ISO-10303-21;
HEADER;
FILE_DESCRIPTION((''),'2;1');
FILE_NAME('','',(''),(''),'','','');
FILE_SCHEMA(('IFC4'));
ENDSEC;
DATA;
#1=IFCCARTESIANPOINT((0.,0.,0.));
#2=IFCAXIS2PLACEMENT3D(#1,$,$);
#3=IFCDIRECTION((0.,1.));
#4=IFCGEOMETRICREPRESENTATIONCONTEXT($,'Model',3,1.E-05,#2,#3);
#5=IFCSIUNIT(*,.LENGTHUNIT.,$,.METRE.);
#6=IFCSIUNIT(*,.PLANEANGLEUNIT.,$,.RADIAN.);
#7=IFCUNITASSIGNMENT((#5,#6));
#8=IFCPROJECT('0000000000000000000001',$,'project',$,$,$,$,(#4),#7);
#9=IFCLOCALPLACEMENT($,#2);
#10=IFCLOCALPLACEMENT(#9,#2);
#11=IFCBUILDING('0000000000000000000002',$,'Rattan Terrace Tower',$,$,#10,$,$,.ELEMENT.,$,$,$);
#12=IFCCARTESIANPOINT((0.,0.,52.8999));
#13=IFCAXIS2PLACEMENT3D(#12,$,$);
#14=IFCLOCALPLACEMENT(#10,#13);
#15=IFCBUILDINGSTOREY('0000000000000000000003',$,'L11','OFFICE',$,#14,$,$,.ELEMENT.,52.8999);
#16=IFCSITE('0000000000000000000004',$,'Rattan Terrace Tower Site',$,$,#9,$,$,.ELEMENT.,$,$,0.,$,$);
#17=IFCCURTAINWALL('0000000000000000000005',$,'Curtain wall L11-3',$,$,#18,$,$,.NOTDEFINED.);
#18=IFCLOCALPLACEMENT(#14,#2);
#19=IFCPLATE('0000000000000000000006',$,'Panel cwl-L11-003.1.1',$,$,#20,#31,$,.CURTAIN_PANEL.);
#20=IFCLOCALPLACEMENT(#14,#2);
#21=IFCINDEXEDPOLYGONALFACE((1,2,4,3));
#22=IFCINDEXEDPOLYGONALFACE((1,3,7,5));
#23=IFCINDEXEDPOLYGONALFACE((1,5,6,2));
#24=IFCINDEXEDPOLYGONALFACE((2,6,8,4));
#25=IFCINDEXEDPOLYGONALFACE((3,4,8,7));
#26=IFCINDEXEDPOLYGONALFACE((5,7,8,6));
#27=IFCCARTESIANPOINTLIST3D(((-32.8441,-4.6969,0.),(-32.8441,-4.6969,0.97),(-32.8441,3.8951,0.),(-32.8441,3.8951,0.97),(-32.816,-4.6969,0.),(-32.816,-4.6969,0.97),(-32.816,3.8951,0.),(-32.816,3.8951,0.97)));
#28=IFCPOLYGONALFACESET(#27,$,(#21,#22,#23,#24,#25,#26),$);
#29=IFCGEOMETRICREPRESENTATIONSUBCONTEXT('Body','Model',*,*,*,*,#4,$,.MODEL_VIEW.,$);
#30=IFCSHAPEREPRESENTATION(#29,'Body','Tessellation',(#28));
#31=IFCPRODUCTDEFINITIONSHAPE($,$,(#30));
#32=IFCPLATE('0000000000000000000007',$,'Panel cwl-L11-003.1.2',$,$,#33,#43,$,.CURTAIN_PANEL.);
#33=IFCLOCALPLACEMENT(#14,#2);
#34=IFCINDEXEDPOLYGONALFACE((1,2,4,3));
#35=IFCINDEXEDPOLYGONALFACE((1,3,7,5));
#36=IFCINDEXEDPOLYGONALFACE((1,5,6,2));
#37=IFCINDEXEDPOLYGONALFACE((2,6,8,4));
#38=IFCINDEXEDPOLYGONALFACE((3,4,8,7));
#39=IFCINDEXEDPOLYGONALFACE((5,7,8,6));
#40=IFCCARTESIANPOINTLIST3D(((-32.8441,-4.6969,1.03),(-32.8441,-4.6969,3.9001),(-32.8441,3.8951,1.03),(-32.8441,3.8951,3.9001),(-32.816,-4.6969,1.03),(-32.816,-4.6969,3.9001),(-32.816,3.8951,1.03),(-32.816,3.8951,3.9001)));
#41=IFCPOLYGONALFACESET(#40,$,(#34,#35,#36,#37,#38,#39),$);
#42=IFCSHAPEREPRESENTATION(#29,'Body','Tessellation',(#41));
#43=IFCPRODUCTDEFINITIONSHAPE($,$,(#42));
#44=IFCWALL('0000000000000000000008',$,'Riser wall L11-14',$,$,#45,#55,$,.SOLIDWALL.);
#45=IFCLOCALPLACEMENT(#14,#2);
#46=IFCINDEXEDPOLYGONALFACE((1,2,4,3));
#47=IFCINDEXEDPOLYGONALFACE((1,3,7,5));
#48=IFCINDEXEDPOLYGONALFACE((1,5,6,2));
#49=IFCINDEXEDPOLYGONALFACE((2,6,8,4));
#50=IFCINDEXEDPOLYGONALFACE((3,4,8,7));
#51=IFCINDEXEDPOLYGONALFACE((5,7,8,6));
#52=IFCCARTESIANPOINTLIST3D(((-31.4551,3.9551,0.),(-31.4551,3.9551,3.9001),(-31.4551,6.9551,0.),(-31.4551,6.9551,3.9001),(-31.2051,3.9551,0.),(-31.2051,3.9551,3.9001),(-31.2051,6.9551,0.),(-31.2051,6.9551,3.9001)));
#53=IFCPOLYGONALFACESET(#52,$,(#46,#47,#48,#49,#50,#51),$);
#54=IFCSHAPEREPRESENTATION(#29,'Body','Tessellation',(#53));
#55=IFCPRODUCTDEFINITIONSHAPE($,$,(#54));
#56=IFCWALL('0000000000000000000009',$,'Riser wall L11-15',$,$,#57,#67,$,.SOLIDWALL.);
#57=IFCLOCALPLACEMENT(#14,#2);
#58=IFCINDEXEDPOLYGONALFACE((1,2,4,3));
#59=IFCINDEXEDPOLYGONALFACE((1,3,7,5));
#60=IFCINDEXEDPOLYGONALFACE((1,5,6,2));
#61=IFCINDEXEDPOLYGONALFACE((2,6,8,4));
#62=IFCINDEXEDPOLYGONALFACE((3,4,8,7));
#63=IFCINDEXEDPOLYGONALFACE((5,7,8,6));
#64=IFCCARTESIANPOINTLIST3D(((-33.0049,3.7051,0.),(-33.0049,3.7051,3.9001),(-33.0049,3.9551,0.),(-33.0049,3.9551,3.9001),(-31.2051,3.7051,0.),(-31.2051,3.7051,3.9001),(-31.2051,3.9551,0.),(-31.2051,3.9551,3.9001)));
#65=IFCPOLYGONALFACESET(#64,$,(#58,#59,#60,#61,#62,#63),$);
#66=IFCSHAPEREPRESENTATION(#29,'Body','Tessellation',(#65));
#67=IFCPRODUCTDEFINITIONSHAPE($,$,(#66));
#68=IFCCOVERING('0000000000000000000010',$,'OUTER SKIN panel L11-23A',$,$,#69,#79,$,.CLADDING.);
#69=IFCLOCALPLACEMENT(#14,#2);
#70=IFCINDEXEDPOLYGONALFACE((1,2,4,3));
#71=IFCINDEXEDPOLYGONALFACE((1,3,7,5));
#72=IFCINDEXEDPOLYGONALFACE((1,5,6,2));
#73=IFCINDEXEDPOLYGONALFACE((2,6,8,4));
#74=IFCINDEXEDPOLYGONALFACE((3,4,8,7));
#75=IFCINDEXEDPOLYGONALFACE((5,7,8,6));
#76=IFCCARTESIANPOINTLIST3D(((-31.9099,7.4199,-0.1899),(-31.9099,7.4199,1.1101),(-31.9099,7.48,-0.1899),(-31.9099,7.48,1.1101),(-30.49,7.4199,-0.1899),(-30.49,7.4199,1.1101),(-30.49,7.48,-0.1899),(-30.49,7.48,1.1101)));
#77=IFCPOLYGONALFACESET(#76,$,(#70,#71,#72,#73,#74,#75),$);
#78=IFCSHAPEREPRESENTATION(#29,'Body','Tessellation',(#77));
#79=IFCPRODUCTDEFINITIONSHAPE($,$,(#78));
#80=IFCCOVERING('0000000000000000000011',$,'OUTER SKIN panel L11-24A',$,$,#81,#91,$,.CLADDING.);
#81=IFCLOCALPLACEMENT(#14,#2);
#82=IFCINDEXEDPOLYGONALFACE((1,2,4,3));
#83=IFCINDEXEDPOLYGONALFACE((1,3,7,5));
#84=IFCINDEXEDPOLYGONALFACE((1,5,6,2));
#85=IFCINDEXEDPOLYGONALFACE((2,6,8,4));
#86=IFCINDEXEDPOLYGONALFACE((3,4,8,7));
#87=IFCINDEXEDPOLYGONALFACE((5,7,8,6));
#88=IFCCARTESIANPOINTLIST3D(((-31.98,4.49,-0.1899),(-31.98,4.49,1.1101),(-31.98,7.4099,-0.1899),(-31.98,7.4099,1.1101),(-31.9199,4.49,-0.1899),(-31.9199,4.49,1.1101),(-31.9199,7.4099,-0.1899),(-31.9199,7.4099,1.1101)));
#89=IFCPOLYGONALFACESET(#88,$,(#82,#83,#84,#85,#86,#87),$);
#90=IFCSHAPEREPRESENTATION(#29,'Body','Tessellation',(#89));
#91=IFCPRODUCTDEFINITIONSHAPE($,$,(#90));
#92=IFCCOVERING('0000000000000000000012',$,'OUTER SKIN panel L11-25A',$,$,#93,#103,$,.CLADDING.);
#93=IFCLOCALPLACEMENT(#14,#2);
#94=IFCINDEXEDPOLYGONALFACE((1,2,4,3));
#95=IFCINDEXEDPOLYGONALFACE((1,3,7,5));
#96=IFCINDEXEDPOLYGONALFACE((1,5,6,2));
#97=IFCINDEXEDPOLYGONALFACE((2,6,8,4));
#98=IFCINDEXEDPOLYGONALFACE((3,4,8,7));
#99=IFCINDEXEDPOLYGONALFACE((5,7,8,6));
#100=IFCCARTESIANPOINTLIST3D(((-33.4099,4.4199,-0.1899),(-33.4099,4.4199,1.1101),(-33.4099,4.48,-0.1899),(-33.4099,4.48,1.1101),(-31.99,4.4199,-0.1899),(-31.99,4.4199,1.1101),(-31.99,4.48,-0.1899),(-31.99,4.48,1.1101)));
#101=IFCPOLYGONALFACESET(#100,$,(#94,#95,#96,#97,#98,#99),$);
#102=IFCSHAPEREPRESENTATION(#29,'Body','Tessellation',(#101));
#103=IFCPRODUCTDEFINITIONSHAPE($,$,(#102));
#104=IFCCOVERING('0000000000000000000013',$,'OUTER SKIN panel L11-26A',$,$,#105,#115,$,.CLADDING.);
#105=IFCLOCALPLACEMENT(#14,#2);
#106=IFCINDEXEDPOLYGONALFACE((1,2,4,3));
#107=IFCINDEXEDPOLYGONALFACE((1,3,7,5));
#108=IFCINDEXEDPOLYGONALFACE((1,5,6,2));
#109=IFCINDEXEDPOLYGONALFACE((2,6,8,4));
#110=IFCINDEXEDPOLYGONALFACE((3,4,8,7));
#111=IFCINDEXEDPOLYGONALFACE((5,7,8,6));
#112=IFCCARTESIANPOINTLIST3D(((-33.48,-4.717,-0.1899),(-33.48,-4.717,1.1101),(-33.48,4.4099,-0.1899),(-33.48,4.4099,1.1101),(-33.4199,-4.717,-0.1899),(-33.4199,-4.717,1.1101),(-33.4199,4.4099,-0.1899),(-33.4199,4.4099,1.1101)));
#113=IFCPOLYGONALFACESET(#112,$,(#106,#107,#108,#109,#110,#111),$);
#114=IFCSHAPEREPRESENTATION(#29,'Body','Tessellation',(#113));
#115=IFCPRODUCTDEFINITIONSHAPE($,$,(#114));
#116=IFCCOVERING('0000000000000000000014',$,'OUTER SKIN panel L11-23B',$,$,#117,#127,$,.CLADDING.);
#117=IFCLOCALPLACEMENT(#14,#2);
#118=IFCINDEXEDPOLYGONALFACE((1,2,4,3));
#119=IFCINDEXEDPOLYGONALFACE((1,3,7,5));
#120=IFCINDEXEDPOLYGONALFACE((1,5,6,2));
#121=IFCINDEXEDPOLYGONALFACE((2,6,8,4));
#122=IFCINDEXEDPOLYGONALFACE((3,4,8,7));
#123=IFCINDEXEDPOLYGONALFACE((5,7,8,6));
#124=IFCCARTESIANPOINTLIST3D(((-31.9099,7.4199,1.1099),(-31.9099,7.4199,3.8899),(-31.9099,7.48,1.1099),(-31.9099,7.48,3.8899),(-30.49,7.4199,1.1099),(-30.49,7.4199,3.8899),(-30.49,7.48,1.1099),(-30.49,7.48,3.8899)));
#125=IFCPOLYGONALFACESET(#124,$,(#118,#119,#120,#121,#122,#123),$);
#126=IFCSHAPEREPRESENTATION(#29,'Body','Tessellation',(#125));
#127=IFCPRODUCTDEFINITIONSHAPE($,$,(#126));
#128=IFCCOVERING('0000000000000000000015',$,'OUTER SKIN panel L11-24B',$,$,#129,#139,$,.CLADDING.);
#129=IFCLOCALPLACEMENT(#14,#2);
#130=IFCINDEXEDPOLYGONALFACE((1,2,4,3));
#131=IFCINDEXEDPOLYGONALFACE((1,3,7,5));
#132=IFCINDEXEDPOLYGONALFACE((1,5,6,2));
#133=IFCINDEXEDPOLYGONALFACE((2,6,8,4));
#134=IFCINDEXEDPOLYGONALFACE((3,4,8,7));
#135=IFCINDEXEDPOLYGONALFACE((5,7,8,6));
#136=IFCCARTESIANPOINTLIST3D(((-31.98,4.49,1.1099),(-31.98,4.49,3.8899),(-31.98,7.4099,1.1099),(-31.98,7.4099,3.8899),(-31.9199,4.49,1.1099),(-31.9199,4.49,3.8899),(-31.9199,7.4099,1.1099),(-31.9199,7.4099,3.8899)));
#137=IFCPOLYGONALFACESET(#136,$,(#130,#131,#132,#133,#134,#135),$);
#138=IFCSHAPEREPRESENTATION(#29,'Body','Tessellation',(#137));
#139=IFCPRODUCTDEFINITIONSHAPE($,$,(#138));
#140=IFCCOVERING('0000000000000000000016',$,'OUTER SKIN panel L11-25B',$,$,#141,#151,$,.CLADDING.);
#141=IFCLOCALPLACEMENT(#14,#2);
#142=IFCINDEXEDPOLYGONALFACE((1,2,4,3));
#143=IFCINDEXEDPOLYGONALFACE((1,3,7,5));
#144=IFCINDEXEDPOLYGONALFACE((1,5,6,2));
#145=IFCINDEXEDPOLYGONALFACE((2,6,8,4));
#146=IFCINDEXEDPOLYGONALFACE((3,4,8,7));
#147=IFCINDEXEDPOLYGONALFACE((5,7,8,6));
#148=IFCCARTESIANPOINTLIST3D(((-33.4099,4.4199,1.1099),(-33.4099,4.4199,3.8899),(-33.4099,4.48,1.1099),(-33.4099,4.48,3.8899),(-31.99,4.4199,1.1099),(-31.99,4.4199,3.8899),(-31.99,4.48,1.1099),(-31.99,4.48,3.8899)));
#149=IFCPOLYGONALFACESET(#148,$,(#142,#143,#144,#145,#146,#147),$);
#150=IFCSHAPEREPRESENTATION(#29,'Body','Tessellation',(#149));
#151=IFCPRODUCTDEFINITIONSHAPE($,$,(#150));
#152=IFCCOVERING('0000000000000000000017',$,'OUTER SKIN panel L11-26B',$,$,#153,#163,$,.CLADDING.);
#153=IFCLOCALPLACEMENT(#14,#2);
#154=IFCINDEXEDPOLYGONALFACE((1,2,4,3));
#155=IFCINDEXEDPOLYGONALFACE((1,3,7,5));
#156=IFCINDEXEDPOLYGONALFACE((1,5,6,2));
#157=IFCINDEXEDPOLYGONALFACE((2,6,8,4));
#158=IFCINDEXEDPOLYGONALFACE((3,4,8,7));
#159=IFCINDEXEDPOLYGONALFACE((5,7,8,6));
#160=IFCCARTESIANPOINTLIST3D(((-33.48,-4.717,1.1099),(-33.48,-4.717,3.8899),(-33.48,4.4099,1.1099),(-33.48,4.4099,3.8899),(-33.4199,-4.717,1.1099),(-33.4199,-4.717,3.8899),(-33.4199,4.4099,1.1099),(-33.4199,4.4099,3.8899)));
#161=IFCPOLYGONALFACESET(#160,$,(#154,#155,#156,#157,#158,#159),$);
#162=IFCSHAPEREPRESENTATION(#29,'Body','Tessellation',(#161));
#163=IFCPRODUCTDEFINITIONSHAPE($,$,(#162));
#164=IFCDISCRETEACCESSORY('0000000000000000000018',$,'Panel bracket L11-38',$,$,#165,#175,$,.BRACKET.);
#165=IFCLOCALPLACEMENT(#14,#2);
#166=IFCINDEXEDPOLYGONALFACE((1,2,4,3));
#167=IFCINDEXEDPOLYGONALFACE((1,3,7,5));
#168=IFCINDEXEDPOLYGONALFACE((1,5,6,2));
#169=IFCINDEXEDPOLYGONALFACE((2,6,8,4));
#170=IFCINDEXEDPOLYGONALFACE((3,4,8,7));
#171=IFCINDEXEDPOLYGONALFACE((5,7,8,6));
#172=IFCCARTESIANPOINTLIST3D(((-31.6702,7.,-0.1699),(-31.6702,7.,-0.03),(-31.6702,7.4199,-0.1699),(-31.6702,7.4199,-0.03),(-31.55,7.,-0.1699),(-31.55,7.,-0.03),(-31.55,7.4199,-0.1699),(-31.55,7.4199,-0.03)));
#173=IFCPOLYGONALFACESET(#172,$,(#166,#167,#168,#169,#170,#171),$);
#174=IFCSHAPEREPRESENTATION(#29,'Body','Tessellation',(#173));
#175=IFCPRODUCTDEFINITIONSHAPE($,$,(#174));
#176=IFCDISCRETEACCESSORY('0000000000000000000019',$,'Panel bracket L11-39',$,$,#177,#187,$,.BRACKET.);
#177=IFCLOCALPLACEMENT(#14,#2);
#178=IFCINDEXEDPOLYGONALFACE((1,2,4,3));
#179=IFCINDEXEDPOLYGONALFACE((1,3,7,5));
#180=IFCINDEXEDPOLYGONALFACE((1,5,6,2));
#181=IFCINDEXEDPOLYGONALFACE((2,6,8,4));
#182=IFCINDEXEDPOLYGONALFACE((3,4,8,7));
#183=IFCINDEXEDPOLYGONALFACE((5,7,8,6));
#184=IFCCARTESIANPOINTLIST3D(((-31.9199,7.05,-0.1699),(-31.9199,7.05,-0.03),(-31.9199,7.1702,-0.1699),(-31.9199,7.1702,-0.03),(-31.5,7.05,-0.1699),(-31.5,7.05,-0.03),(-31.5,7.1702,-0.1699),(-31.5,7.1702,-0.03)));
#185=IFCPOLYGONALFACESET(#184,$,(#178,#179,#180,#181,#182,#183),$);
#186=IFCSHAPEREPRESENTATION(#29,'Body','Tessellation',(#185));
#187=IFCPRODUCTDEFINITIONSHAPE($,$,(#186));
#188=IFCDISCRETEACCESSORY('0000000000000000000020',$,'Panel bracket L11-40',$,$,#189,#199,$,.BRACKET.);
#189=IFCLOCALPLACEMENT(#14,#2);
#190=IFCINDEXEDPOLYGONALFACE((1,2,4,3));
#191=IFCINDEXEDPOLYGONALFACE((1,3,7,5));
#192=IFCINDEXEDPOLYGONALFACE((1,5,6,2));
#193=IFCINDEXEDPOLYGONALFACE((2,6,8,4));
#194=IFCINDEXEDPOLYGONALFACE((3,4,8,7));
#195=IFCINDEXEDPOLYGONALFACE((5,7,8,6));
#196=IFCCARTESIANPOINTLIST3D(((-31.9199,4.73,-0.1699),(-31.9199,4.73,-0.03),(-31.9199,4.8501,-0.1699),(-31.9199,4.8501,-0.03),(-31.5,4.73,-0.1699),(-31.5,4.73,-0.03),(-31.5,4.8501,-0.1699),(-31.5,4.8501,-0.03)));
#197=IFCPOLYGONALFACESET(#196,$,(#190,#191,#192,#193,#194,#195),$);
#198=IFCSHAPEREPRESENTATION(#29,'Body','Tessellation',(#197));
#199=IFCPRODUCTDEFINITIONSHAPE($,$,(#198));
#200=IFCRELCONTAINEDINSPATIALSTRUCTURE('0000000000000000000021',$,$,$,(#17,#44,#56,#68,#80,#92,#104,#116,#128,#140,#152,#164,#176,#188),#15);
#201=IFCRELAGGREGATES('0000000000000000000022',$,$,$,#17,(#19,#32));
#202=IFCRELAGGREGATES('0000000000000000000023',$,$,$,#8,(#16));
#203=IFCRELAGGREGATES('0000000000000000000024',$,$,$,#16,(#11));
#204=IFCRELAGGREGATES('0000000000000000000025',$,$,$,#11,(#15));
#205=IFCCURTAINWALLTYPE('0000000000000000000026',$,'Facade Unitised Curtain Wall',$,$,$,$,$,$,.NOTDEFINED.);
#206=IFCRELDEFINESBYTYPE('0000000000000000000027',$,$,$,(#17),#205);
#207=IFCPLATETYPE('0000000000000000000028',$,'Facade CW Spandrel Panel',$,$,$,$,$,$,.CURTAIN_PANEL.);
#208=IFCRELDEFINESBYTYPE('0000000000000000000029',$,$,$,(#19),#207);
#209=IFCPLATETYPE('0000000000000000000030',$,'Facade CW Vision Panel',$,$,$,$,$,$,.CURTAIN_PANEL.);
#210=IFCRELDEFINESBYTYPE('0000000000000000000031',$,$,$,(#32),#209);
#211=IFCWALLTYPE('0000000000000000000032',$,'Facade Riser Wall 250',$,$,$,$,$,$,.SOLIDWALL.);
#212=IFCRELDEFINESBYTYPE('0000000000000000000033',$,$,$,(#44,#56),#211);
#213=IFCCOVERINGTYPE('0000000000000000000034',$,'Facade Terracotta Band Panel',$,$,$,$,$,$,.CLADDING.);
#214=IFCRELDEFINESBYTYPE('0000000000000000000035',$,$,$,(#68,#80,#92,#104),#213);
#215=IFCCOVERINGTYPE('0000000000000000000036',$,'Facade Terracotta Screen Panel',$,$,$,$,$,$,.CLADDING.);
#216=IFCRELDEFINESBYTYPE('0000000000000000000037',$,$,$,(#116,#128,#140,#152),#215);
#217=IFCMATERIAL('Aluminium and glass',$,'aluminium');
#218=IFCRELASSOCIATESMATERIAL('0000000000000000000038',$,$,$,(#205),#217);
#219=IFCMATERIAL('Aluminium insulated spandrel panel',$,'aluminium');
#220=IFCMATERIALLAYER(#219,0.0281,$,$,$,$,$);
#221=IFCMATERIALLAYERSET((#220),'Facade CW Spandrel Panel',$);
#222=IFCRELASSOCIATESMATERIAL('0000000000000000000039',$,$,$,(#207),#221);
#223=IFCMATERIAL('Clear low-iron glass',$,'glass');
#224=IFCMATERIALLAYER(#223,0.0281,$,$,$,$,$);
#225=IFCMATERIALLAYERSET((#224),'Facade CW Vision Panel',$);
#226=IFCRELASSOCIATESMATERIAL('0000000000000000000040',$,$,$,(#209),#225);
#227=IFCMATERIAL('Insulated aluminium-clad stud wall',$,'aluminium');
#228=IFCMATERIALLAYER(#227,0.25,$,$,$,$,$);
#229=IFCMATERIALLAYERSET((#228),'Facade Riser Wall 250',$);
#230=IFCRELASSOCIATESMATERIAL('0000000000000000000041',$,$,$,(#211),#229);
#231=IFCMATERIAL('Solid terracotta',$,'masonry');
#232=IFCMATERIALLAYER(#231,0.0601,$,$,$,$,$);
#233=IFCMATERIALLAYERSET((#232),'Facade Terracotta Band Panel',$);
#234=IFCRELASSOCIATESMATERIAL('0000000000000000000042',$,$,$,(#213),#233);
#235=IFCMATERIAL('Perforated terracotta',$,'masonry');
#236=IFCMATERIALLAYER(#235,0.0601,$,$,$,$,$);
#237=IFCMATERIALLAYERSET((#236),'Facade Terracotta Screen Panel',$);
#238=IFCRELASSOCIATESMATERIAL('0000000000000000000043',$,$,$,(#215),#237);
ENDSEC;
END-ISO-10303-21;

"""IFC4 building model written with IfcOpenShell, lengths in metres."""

from ifc_helpers import new_model, si_unit, direction, frame, frame_2d, origin, origin_2d, place, context, subcontext, project, spatial, rectangle, extrude, material, layer, layer_set, type_object, element, aggregate, save


model = new_model("IFC4")

# Units and contexts
model_context = context("Model", 3, precision=1e-05, world=origin(), true_north=direction((0.0, 1.0)))
body_context = subcontext(model_context, "Body", "Model", "MODEL_VIEW")
ifc_project = project(units=[si_unit("LENGTHUNIT", "METRE"), si_unit("PLANEANGLEUNIT", "RADIAN")], contexts=[model_context])

# Site, building, storey
site_placement = place(None, origin())
site = spatial("IfcSite", under=ifc_project, at=site_placement, Name="Rattan Terrace Tower Site", CompositionType="ELEMENT", RefElevation=0.0)
building_placement = place(site_placement, origin())
building = spatial("IfcBuilding", under=site, at=building_placement, Name="Rattan Terrace Tower", CompositionType="ELEMENT")
storey_placement = place(building_placement, frame((0.0, 0.0, 52.8999)))
storey = spatial("IfcBuildingStorey", under=building, at=storey_placement, Name="L11", Description="OFFICE", CompositionType="ELEMENT", Elevation=52.8999)

# Curtain wall
ifc_material_1 = material(Name="Aluminium and glass", Category="aluminium")
curtain_wall_type = type_object("IfcCurtainWallType", Name="Facade Unitised Curtain Wall", PredefinedType="NOTDEFINED", material=ifc_material_1)
curtain_wall_placement = place(storey_placement, origin())
curtain_wall = element("IfcCurtainWall", 1, at=curtain_wall_placement, inside=storey, type_object=curtain_wall_type, Name="Curtain wall L11-3", PredefinedType="NOTDEFINED")

# Plates
ifc_material_2 = material(Name="Aluminium insulated spandrel panel", Category="aluminium")
ifc_layer_1 = layer(ifc_material_2, 0.0281)
ifc_layer_set_1 = layer_set([ifc_layer_1], Name="Facade CW Spandrel Panel")
plate_type_1 = type_object("IfcPlateType", Name="Facade CW Spandrel Panel", PredefinedType="CURTAIN_PANEL", material=ifc_layer_set_1)
plate_1_placement = place(storey_placement, frame((-32.8301, -0.4009, 0.0), z_axis=(0.0, 0.0, 1.0), x_axis=(0.0, -1.0, 0.0)))
plate_1 = element("IfcPlate", 2, at=plate_1_placement, type_object=plate_type_1, Name="Panel cwl-L11-003.1.1", PredefinedType="CURTAIN_PANEL", context=body_context, shape_type="SweptSolid", body=[
    extrude(rectangle(XDim=8.592, YDim=0.0281, at=origin_2d()), origin(), (0.0, 0.0, 1.0), 0.97),
])
ifc_material_3 = material(Name="Clear low-iron glass", Category="glass")
ifc_layer_2 = layer(ifc_material_3, 0.0281)
ifc_layer_set_2 = layer_set([ifc_layer_2], Name="Facade CW Vision Panel")
plate_type_2 = type_object("IfcPlateType", Name="Facade CW Vision Panel", PredefinedType="CURTAIN_PANEL", material=ifc_layer_set_2)
plate_2_placement = place(storey_placement, frame((-32.8301, -0.4009, 1.03), z_axis=(0.0, 0.0, 1.0), x_axis=(0.0, -1.0, 0.0)))
plate_2 = element("IfcPlate", 3, at=plate_2_placement, type_object=plate_type_2, Name="Panel cwl-L11-003.1.2", PredefinedType="CURTAIN_PANEL", context=body_context, shape_type="SweptSolid", body=[
    extrude(rectangle(XDim=8.592, YDim=0.0281, at=origin_2d()), origin(), (0.0, 0.0, 1.0), 2.8701),
])
aggregate(curtain_wall, [plate_1, plate_2])

# Walls
ifc_material_4 = material(Name="Insulated aluminium-clad stud wall", Category="aluminium")
ifc_layer_3 = layer(ifc_material_4, 0.25)
ifc_layer_set_3 = layer_set([ifc_layer_3], Name="Facade Riser Wall 250")
wall_type = type_object("IfcWallType", Name="Facade Riser Wall 250", PredefinedType="SOLIDWALL", material=ifc_layer_set_3)
wall_1_placement = place(storey_placement, frame((-31.3301, 6.9551, 0.0), z_axis=(0.0, 0.0, 1.0), x_axis=(0.0, -1.0, 0.0)))
element("IfcWall", 4, at=wall_1_placement, inside=storey, type_object=wall_type, Name="Riser wall L11-14", PredefinedType="SOLIDWALL", context=body_context, shape_type="SweptSolid", body=[
    extrude(rectangle(XDim=3.0, YDim=0.25, at=frame_2d((1.5, 0.0))), origin(), (0.0, 0.0, 1.0), 3.9001),
])
wall_2_placement = place(storey_placement, frame((-31.2051, 3.8301, 0.0), z_axis=(0.0, 0.0, 1.0), x_axis=(-1.0, 0.0, 0.0)))
element("IfcWall", 5, at=wall_2_placement, inside=storey, type_object=wall_type, Name="Riser wall L11-15", PredefinedType="SOLIDWALL", context=body_context, shape_type="SweptSolid", body=[
    extrude(rectangle(XDim=1.7998, YDim=0.25, at=frame_2d((0.8999, 0.0))), origin(), (0.0, 0.0, 1.0), 3.9001),
])

# Coverings
ifc_material_5 = material(Name="Solid terracotta", Category="masonry")
ifc_layer_4 = layer(ifc_material_5, 0.0601)
ifc_layer_set_4 = layer_set([ifc_layer_4], Name="Facade Terracotta Band Panel")
covering_type_1 = type_object("IfcCoveringType", Name="Facade Terracotta Band Panel", PredefinedType="CLADDING", material=ifc_layer_set_4)
covering_1_placement = place(storey_placement, frame((-31.2, 7.45, -0.1899), z_axis=(0.0, 0.0, 1.0), x_axis=(-1.0, 0.0, 0.0)))
element("IfcCovering", 6, at=covering_1_placement, inside=storey, type_object=covering_type_1, Name="OUTER SKIN panel L11-23A", PredefinedType="CLADDING", context=body_context, shape_type="SweptSolid", body=[
    extrude(rectangle(XDim=1.4199, YDim=0.0601, at=origin_2d()), origin(), (0.0, 0.0, 1.0), 1.3),
])
covering_2_placement = place(storey_placement, frame((-31.95, 5.95, -0.1899), z_axis=(0.0, 0.0, 1.0), x_axis=(0.0, -1.0, 0.0)))
element("IfcCovering", 7, at=covering_2_placement, inside=storey, type_object=covering_type_1, Name="OUTER SKIN panel L11-24A", PredefinedType="CLADDING", context=body_context, shape_type="SweptSolid", body=[
    extrude(rectangle(XDim=2.9199, YDim=0.0601, at=origin_2d()), origin(), (0.0, 0.0, 1.0), 1.3),
])
covering_3_placement = place(storey_placement, frame((-32.7, 4.45, -0.1899), z_axis=(0.0, 0.0, 1.0), x_axis=(-1.0, 0.0, 0.0)))
element("IfcCovering", 8, at=covering_3_placement, inside=storey, type_object=covering_type_1, Name="OUTER SKIN panel L11-25A", PredefinedType="CLADDING", context=body_context, shape_type="SweptSolid", body=[
    extrude(rectangle(XDim=1.4199, YDim=0.0601, at=origin_2d()), origin(), (0.0, 0.0, 1.0), 1.3),
])
covering_4_placement = place(storey_placement, frame((-33.45, -0.1536, -0.1899), z_axis=(0.0, 0.0, 1.0), x_axis=(0.0, -1.0, 0.0)))
element("IfcCovering", 9, at=covering_4_placement, inside=storey, type_object=covering_type_1, Name="OUTER SKIN panel L11-26A", PredefinedType="CLADDING", context=body_context, shape_type="SweptSolid", body=[
    extrude(rectangle(XDim=9.127, YDim=0.0601, at=origin_2d()), origin(), (0.0, 0.0, 1.0), 1.3),
])
ifc_material_6 = material(Name="Perforated terracotta", Category="masonry")
ifc_layer_5 = layer(ifc_material_6, 0.0601)
ifc_layer_set_5 = layer_set([ifc_layer_5], Name="Facade Terracotta Screen Panel")
covering_type_2 = type_object("IfcCoveringType", Name="Facade Terracotta Screen Panel", PredefinedType="CLADDING", material=ifc_layer_set_5)
covering_5_placement = place(storey_placement, frame((-31.2, 7.45, 1.1099), z_axis=(0.0, 0.0, 1.0), x_axis=(-1.0, 0.0, 0.0)))
element("IfcCovering", 10, at=covering_5_placement, inside=storey, type_object=covering_type_2, Name="OUTER SKIN panel L11-23B", PredefinedType="CLADDING", context=body_context, shape_type="SweptSolid", body=[
    extrude(rectangle(XDim=1.4199, YDim=0.0601, at=origin_2d()), origin(), (0.0, 0.0, 1.0), 2.78),
])
covering_6_placement = place(storey_placement, frame((-31.95, 5.95, 1.1099), z_axis=(0.0, 0.0, 1.0), x_axis=(0.0, -1.0, 0.0)))
element("IfcCovering", 11, at=covering_6_placement, inside=storey, type_object=covering_type_2, Name="OUTER SKIN panel L11-24B", PredefinedType="CLADDING", context=body_context, shape_type="SweptSolid", body=[
    extrude(rectangle(XDim=2.9199, YDim=0.0601, at=origin_2d()), origin(), (0.0, 0.0, 1.0), 2.78),
])
covering_7_placement = place(storey_placement, frame((-32.7, 4.45, 1.1099), z_axis=(0.0, 0.0, 1.0), x_axis=(-1.0, 0.0, 0.0)))
element("IfcCovering", 12, at=covering_7_placement, inside=storey, type_object=covering_type_2, Name="OUTER SKIN panel L11-25B", PredefinedType="CLADDING", context=body_context, shape_type="SweptSolid", body=[
    extrude(rectangle(XDim=1.4199, YDim=0.0601, at=origin_2d()), origin(), (0.0, 0.0, 1.0), 2.78),
])
covering_8_placement = place(storey_placement, frame((-33.45, -0.1536, 1.1099), z_axis=(0.0, 0.0, 1.0), x_axis=(0.0, -1.0, 0.0)))
element("IfcCovering", 13, at=covering_8_placement, inside=storey, type_object=covering_type_2, Name="OUTER SKIN panel L11-26B", PredefinedType="CLADDING", context=body_context, shape_type="SweptSolid", body=[
    extrude(rectangle(XDim=9.127, YDim=0.0601, at=origin_2d()), origin(), (0.0, 0.0, 1.0), 2.78),
])

# Discrete accessories
for number, where, z_axis, x_axis, name in (
    (14, (-31.6101, 7.21, -0.1699), (0.0, 0.0, 1.0), (-1.0, 0.0, 0.0), "Panel bracket L11-38"),
    (15, (-31.71, 7.1101, -0.1699), (0.0, 0.0, 1.0), (0.0, -1.0, 0.0), "Panel bracket L11-39"),
    (16, (-31.71, 4.79, -0.1699), (0.0, 0.0, 1.0), (0.0, -1.0, 0.0), "Panel bracket L11-40"),
):
    element("IfcDiscreteAccessory", number, at=place(storey_placement, frame(where, z_axis=z_axis, x_axis=x_axis)), inside=storey, Name=name, PredefinedType="BRACKET", context=body_context, shape_type="SweptSolid", body=[
        extrude(rectangle(XDim=0.1201, YDim=0.4199, at=origin_2d()), origin(), (0.0, 0.0, 1.0), 0.1399),
    ])

save(model, "model.ifc")
